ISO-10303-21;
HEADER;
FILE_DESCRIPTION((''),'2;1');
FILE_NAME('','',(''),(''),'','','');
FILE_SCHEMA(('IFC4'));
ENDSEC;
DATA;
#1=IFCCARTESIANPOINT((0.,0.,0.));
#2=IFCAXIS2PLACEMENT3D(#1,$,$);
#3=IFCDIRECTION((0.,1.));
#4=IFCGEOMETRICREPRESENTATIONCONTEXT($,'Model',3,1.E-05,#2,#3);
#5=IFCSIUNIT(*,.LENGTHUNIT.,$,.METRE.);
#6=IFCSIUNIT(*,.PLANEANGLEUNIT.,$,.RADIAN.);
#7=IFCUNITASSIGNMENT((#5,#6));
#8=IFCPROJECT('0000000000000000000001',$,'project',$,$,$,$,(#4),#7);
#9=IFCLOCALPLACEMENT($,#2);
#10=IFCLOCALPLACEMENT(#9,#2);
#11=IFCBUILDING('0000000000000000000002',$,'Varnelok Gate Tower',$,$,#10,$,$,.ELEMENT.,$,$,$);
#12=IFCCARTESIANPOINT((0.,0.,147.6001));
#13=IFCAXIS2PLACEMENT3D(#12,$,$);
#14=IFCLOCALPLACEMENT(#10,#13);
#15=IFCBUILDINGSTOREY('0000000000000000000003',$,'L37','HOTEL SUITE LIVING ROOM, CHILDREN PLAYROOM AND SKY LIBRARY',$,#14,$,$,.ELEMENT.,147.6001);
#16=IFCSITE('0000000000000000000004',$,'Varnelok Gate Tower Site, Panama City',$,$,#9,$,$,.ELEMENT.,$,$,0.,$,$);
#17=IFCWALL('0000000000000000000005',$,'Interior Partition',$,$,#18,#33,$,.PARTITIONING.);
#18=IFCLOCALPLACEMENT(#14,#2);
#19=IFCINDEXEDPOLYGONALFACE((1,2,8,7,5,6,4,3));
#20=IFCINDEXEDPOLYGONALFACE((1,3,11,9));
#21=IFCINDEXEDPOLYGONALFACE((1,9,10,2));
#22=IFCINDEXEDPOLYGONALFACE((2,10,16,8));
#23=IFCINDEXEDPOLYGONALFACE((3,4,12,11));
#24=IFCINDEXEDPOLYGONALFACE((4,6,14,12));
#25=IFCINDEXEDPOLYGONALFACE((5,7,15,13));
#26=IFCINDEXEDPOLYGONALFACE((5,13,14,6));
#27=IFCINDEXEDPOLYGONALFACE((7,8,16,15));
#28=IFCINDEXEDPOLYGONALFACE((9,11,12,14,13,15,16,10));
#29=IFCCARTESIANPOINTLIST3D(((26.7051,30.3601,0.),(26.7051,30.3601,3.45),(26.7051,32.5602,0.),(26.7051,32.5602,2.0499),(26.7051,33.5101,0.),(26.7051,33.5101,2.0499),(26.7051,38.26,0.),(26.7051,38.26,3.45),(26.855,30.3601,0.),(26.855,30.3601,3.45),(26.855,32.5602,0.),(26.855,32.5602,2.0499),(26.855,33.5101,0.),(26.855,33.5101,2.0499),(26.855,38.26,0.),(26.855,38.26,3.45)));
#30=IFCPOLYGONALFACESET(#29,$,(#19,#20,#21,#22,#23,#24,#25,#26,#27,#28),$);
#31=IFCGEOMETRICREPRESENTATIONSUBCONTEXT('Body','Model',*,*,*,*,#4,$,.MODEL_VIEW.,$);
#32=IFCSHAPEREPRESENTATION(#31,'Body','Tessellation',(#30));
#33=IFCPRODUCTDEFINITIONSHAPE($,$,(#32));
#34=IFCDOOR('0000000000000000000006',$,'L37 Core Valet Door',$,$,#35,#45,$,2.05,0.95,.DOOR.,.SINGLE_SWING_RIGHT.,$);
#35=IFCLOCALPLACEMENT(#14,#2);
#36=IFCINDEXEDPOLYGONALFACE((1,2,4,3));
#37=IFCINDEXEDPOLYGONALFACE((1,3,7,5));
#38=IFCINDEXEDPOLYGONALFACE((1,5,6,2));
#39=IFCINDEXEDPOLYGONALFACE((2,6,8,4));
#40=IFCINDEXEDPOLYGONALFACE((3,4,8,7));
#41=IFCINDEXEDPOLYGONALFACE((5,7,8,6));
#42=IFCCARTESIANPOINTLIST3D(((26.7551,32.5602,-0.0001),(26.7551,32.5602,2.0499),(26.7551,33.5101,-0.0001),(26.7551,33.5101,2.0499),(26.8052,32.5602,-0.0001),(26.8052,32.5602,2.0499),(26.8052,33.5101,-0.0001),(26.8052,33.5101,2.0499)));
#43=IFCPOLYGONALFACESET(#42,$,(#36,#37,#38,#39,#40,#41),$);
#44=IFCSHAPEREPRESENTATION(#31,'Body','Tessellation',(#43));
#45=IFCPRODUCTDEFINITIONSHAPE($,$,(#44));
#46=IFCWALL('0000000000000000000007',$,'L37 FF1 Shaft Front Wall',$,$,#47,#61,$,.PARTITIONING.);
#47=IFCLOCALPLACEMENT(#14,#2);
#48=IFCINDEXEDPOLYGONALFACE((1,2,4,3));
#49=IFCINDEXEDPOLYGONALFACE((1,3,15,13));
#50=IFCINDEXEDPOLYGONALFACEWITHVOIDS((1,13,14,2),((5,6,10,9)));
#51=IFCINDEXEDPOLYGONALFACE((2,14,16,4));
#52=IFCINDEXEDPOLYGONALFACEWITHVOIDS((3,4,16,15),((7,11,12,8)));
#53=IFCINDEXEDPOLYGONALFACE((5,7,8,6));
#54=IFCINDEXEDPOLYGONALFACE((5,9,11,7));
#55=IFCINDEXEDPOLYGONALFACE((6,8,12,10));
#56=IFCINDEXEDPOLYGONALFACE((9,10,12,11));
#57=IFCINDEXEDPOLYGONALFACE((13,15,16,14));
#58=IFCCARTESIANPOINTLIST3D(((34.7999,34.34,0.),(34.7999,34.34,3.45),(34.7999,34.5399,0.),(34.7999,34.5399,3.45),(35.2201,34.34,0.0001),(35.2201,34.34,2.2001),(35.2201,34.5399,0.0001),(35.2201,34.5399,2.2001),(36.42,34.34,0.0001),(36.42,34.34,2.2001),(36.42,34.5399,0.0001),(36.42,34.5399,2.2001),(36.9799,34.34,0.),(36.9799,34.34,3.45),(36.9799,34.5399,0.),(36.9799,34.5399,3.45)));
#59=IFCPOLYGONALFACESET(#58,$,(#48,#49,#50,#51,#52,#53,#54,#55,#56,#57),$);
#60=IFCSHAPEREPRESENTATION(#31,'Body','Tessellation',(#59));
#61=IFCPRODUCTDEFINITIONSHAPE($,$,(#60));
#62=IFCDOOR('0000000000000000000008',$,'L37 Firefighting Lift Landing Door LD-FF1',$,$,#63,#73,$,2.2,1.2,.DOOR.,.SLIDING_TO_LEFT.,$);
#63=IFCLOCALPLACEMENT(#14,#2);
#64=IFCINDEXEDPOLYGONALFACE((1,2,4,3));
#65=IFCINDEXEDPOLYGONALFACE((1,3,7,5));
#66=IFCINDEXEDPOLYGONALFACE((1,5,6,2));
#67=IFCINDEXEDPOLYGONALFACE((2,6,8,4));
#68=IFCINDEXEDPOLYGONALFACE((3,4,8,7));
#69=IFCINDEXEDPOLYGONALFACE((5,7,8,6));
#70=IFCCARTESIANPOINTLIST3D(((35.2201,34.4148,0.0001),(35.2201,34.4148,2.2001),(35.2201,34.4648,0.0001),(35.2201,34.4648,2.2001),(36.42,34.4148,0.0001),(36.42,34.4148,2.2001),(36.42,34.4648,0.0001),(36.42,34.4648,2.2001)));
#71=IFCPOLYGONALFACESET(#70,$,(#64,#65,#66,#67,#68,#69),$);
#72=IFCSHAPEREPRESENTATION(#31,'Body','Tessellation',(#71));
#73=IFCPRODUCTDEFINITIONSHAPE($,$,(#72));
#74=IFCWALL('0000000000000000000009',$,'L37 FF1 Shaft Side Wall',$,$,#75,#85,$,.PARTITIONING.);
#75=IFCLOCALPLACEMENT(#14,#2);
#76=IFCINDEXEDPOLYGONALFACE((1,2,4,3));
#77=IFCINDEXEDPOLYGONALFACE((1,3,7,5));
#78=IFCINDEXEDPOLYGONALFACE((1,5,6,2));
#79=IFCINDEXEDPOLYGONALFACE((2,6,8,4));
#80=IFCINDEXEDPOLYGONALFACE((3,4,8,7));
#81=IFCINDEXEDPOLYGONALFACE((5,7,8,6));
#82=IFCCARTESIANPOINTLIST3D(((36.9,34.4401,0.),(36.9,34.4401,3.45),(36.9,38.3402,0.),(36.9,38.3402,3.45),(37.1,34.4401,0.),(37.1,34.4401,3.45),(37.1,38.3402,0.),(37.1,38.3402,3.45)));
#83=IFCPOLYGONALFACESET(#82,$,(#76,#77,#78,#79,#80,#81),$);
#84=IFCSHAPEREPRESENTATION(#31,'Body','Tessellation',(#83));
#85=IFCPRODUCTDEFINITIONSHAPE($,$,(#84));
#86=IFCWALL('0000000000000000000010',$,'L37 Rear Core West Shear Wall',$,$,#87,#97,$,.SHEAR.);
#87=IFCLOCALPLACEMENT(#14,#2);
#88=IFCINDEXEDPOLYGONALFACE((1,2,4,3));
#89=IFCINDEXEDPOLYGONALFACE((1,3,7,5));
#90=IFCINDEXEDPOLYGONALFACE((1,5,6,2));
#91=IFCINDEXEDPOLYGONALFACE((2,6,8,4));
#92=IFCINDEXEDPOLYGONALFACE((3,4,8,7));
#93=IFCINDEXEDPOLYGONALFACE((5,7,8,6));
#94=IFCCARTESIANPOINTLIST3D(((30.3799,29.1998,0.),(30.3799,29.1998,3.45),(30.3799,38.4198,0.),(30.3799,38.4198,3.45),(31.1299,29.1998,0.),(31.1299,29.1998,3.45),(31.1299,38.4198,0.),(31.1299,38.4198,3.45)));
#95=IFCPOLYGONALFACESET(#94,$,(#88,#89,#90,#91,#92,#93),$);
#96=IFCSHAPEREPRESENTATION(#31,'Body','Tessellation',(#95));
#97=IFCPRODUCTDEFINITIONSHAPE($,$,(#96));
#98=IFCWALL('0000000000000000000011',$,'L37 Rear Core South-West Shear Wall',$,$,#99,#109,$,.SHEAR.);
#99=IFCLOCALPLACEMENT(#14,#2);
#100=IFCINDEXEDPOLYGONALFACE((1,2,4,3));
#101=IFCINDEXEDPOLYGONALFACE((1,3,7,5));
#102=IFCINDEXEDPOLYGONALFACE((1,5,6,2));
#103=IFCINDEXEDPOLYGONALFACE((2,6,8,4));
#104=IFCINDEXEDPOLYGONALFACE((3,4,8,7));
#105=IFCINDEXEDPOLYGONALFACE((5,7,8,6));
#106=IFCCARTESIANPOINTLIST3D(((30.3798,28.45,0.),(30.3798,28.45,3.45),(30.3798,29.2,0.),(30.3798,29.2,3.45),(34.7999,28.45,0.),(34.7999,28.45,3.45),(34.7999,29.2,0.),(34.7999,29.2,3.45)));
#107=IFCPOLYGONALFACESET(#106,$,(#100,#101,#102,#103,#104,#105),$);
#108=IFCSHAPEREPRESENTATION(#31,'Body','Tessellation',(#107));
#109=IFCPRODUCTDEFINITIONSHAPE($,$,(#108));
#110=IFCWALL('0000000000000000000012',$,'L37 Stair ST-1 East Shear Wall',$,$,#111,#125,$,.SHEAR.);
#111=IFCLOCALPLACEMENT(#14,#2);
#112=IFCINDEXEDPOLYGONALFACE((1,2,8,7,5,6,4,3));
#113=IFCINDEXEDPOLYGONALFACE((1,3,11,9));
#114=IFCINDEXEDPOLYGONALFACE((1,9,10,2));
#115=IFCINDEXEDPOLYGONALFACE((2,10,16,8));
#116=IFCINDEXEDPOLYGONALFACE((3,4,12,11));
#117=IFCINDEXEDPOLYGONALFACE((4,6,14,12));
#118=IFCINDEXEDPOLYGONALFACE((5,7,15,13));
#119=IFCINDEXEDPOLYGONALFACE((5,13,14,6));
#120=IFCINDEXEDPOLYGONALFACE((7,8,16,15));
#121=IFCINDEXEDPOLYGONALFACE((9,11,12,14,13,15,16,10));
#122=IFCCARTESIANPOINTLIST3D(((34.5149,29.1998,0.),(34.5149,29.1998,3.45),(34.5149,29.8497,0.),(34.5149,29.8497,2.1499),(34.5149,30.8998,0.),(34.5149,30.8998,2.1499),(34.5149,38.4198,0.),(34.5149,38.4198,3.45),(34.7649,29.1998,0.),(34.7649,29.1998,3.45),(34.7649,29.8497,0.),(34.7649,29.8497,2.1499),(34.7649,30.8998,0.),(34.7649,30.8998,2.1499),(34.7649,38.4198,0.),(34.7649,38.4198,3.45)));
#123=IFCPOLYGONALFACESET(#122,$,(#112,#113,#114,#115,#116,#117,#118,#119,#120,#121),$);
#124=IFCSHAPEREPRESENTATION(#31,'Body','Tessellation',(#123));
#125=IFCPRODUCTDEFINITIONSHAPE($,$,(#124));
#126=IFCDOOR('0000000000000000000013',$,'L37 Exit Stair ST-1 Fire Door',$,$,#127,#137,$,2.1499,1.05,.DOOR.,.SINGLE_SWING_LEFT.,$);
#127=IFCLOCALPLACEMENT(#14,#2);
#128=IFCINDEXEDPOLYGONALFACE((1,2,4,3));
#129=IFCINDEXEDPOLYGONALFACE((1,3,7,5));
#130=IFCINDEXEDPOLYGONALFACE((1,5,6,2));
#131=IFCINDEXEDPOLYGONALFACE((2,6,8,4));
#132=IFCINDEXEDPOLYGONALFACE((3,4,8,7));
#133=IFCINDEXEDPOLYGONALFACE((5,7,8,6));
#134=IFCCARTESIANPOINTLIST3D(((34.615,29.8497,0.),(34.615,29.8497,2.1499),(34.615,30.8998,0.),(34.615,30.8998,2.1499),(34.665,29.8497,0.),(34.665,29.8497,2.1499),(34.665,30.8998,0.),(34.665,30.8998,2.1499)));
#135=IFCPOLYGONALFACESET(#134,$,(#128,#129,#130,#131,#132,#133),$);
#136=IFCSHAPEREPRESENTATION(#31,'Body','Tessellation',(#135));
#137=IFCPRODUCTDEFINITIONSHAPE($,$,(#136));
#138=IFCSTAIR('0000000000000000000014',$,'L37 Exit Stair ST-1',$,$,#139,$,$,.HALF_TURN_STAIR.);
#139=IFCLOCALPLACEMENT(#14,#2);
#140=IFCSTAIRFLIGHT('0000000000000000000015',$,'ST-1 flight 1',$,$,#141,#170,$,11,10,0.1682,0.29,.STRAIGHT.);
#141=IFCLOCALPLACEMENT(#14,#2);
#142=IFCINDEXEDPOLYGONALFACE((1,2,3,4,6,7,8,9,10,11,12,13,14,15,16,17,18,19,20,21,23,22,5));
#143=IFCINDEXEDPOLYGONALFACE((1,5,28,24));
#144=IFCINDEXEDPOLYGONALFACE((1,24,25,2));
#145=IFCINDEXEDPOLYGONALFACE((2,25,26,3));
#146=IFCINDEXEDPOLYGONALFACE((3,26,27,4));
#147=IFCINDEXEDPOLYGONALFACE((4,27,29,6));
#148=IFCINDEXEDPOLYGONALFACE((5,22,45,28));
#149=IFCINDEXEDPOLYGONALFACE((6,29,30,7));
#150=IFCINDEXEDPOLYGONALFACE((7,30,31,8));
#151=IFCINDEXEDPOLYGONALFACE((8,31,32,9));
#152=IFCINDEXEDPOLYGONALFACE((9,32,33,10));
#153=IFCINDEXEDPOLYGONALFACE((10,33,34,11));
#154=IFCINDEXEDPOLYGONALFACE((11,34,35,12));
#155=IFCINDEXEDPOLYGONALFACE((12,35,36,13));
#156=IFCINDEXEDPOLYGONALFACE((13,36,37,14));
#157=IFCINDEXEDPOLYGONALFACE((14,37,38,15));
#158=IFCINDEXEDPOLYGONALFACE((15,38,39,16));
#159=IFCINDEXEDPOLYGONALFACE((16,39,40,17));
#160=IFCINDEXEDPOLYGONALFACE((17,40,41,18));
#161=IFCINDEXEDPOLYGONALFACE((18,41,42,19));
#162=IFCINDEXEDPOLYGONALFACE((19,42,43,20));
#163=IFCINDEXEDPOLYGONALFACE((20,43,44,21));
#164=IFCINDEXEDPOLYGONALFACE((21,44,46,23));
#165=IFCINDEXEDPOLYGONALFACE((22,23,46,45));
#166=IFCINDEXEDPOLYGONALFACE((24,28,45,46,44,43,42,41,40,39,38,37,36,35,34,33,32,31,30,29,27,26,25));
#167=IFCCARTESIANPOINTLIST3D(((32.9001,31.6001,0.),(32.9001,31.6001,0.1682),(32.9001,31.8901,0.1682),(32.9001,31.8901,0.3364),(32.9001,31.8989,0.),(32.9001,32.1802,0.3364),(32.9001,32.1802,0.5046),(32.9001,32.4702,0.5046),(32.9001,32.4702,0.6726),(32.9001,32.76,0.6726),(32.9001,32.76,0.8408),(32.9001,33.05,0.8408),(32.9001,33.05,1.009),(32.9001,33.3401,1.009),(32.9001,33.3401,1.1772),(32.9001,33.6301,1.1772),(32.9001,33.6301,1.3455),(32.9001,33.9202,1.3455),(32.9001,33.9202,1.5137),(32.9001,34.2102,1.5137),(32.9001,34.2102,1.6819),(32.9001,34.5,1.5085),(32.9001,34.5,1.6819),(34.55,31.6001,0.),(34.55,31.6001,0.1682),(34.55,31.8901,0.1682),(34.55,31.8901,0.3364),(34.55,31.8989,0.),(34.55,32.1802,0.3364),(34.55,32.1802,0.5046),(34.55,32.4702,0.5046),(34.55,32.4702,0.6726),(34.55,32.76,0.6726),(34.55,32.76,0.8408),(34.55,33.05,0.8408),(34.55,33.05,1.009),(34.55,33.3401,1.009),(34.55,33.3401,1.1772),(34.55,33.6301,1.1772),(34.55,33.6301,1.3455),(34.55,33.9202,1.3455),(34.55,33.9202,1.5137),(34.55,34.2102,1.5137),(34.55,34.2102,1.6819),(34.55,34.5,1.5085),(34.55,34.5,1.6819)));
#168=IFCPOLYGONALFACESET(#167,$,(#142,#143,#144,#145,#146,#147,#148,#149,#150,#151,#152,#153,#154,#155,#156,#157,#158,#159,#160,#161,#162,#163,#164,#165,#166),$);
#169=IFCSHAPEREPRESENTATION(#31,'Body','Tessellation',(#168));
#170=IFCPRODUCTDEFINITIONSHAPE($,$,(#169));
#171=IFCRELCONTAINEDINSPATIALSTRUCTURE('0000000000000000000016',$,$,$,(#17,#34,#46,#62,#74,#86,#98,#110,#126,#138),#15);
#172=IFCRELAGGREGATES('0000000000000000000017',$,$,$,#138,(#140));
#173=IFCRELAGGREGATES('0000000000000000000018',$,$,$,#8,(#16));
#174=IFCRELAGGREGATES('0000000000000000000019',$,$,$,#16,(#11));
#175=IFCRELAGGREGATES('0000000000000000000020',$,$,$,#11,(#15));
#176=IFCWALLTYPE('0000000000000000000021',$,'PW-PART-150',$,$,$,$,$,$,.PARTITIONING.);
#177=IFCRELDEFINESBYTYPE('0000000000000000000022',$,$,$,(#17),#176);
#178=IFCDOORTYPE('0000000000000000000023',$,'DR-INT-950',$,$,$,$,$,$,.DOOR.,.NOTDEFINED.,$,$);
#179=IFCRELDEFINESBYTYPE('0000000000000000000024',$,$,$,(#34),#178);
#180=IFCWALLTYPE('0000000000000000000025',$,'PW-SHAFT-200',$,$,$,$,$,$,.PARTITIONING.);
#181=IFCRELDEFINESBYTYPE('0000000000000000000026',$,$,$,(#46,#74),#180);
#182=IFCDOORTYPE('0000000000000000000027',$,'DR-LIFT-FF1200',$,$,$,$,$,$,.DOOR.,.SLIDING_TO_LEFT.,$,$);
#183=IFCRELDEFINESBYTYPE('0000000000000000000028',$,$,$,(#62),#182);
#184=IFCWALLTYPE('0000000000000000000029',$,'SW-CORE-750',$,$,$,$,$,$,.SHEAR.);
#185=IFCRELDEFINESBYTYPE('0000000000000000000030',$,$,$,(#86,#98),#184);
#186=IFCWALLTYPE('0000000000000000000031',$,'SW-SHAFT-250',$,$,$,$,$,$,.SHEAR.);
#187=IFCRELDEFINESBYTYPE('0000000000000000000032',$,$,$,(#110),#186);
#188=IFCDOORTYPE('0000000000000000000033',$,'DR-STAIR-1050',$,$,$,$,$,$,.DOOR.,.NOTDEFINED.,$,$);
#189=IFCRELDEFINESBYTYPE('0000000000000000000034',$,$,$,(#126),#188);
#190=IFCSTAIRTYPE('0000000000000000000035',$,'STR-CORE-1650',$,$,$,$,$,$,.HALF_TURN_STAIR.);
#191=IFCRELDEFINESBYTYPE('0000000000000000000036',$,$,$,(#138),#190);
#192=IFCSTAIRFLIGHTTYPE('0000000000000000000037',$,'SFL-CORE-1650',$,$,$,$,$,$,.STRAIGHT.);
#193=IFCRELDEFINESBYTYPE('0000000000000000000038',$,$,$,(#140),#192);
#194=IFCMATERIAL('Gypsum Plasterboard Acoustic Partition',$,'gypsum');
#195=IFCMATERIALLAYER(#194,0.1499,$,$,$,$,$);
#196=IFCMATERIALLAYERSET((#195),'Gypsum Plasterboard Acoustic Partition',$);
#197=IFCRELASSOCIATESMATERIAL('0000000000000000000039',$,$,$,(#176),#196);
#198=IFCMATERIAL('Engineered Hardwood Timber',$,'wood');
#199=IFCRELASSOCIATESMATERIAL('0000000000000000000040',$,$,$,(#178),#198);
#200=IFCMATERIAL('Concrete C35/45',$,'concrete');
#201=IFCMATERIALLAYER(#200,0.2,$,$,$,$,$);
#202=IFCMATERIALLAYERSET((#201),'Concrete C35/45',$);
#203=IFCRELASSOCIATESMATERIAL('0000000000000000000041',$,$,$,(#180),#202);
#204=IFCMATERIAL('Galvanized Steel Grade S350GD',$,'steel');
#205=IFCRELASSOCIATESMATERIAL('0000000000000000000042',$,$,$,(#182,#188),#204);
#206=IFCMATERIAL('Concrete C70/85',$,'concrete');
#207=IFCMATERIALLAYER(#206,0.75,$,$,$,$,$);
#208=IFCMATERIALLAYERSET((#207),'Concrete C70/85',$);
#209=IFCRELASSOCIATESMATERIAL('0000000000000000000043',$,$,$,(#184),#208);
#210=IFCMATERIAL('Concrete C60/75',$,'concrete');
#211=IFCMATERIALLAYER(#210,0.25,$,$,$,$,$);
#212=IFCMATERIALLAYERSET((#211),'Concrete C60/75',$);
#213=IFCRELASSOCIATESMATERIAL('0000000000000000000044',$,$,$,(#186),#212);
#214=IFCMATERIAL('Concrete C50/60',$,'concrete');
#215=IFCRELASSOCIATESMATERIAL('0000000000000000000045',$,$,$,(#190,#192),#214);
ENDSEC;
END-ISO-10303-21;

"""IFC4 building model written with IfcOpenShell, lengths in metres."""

from ifc_helpers import new_model, si_unit, direction, frame, frame_2d, origin, place, context, subcontext, project, spatial, polyline, rectangle, outline, extrude, material, layer, layer_set, type_object, element, fill, aggregate, save


model = new_model("IFC4")

# Units and contexts
model_context = context("Model", 3, precision=1e-05, world=origin(), true_north=direction((0.0, 1.0)))
body_context = subcontext(model_context, "Body", "Model", "MODEL_VIEW")
ifc_project = project(units=[si_unit("LENGTHUNIT", "METRE"), si_unit("PLANEANGLEUNIT", "RADIAN")], contexts=[model_context])

# Site, building, storey
site_placement = place(None, origin())
site = spatial("IfcSite", under=ifc_project, at=site_placement, Name="Varnelok Gate Tower Site, Panama City", CompositionType="ELEMENT", RefElevation=0.0)
building_placement = place(site_placement, origin())
building = spatial("IfcBuilding", under=site, at=building_placement, Name="Varnelok Gate Tower", CompositionType="ELEMENT")
storey_placement = place(building_placement, frame((0.0, 0.0, 147.6001)))
storey = spatial("IfcBuildingStorey", under=building, at=storey_placement, Name="L37", Description="HOTEL SUITE LIVING ROOM, CHILDREN PLAYROOM AND SKY LIBRARY", CompositionType="ELEMENT", Elevation=147.6001)

# Shared definitions
ifc_material_1 = material(Name="Concrete C60/75", Category="concrete")

# Shared definitions
ifc_material_2 = material(Name="Gypsum Plasterboard Acoustic Partition", Category="gypsum")
ifc_layer_1 = layer(ifc_material_2, 0.1499)
ifc_layer_set_1 = layer_set([ifc_layer_1], Name="Gypsum Plasterboard Acoustic Partition")
wall_type_1 = type_object("IfcWallType", Name="PW-PART-150", PredefinedType="PARTITIONING", material=ifc_layer_set_1)
ifc_material_3 = material(Name="Engineered Hardwood Timber", Category="wood")

# Walls, openings, doors
wall_1_placement = place(storey_placement, frame((26.78, 30.3601, 0.0), z_axis=(0.0, 0.0, 1.0), x_axis=(0.0, 1.0, 0.0)))
wall_1 = element("IfcWall", 1, at=wall_1_placement, inside=storey, type_object=wall_type_1, Name="Interior Partition", PredefinedType="PARTITIONING", context=body_context, shape_type="SweptSolid", body=[
    extrude(rectangle(XDim=7.8999, YDim=0.1499, at=frame_2d((3.95, 0.0))), origin(), (0.0, 0.0, 1.0), 3.45),
])
opening_1_placement = place(wall_1_placement, frame((2.2, 0.0, 0.0)))
opening_1 = element("IfcOpeningElement", 2, at=opening_1_placement, cuts=wall_1, PredefinedType="OPENING", context=body_context, shape_type="SweptSolid", body=[
    extrude(rectangle(XDim=0.95, YDim=2.05, at=frame_2d((0.4751, 1.0249))), frame((0.0, 0.085, 0.0), z_axis=(0.0, -1.0, 0.0), x_axis=(1.0, 0.0, 0.0)), (0.0, 0.0, 1.0), 0.1699),
])
door_type_1 = type_object("IfcDoorType", Name="DR-INT-950", OperationType="NOTDEFINED", PredefinedType="DOOR", material=ifc_material_3)
door_1_placement = place(opening_1_placement, origin())
door_1 = element("IfcDoor", 3, at=door_1_placement, inside=storey, type_object=door_type_1, Name="L37 Core Valet Door", OperationType="SINGLE_SWING_RIGHT", OverallHeight=2.05, OverallWidth=0.95, PredefinedType="DOOR", context=body_context, shape_type="SweptSolid", body=[
    extrude(rectangle(XDim=0.95, YDim=2.05, at=frame_2d((0.4751, 1.0249))), frame((0.0, 0.0249, 0.0), z_axis=(0.0, -1.0, 0.0), x_axis=(1.0, 0.0, 0.0)), (0.0, 0.0, 1.0), 0.05),
])
fill(opening_1, door_1)
ifc_material_4 = material(Name="Concrete C35/45", Category="concrete")
ifc_layer_2 = layer(ifc_material_4, 0.2)
ifc_layer_set_2 = layer_set([ifc_layer_2], Name="Concrete C35/45")
wall_type_2 = type_object("IfcWallType", Name="PW-SHAFT-200", PredefinedType="PARTITIONING", material=ifc_layer_set_2)
wall_2_placement = place(storey_placement, frame((34.8, 34.4399, 0.0), z_axis=(0.0, 0.0, 1.0), x_axis=(1.0, 0.0, 0.0)))
wall_2 = element("IfcWall", 4, at=wall_2_placement, inside=storey, type_object=wall_type_2, Name="L37 FF1 Shaft Front Wall", PredefinedType="PARTITIONING", context=body_context, shape_type="SweptSolid", body=[
    extrude(rectangle(XDim=2.1799, YDim=0.2, at=frame_2d((1.0898, 0.0))), origin(), (0.0, 0.0, 1.0), 3.45),
])
opening_2_placement = place(wall_2_placement, frame((0.4199, 0.0, 0.0)))
opening_2 = element("IfcOpeningElement", 5, at=opening_2_placement, cuts=wall_2, PredefinedType="OPENING", context=body_context, shape_type="SweptSolid", body=[
    extrude(rectangle(XDim=1.2, YDim=2.2, at=frame_2d((0.6001, 1.1001))), frame((0.0, 0.1099, 0.0), z_axis=(0.0, -1.0, 0.0), x_axis=(1.0, 0.0, 0.0)), (0.0, 0.0, 1.0), 0.22),
])
ifc_material_5 = material(Name="Galvanized Steel Grade S350GD", Category="steel")
door_type_2 = type_object("IfcDoorType", Name="DR-LIFT-FF1200", OperationType="SLIDING_TO_LEFT", PredefinedType="DOOR", material=ifc_material_5)
door_2_placement = place(opening_2_placement, origin())
door_2 = element("IfcDoor", 6, at=door_2_placement, inside=storey, type_object=door_type_2, Name="L37 Firefighting Lift Landing Door LD-FF1", OperationType="SLIDING_TO_LEFT", OverallHeight=2.2, OverallWidth=1.2, PredefinedType="DOOR", context=body_context, shape_type="SweptSolid", body=[
    extrude(rectangle(XDim=1.2, YDim=2.2, at=frame_2d((0.6001, 1.1001))), frame((0.0, 0.0249, 0.0), z_axis=(0.0, -1.0, 0.0), x_axis=(1.0, 0.0, 0.0)), (0.0, 0.0, 1.0), 0.05),
])
fill(opening_2, door_2)

# Walls
wall_3_placement = place(storey_placement, frame((37.0, 34.4399, 0.0), z_axis=(0.0, 0.0, 1.0), x_axis=(0.0, 1.0, 0.0)))
element("IfcWall", 7, at=wall_3_placement, inside=storey, type_object=wall_type_2, Name="L37 FF1 Shaft Side Wall", PredefinedType="PARTITIONING", context=body_context, shape_type="SweptSolid", body=[
    extrude(rectangle(XDim=3.9001, YDim=0.2, at=frame_2d((1.9502, 0.0))), origin(), (0.0, 0.0, 1.0), 3.45),
])
ifc_material_6 = material(Name="Concrete C70/85", Category="concrete")
ifc_layer_3 = layer(ifc_material_6, 0.75)
ifc_layer_set_3 = layer_set([ifc_layer_3], Name="Concrete C70/85")
wall_type_3 = type_object("IfcWallType", Name="SW-CORE-750", PredefinedType="SHEAR", material=ifc_layer_set_3)
wall_4_placement = place(storey_placement, frame((30.7549, 29.2, 0.0), z_axis=(0.0, 0.0, 1.0), x_axis=(0.0, 1.0, 0.0)))
element("IfcWall", 8, at=wall_4_placement, inside=storey, type_object=wall_type_3, Name="L37 Rear Core West Shear Wall", PredefinedType="SHEAR", context=body_context, shape_type="SweptSolid", body=[
    extrude(rectangle(XDim=9.22, YDim=0.75, at=frame_2d((4.6099, 0.0))), origin(), (0.0, 0.0, 1.0), 3.45),
])
wall_5_placement = place(storey_placement, frame((30.3799, 28.825, 0.0), z_axis=(0.0, 0.0, 1.0), x_axis=(1.0, 0.0, 0.0)))
element("IfcWall", 9, at=wall_5_placement, inside=storey, type_object=wall_type_3, Name="L37 Rear Core South-West Shear Wall", PredefinedType="SHEAR", context=body_context, shape_type="SweptSolid", body=[
    extrude(rectangle(XDim=4.4202, YDim=0.75, at=frame_2d((2.21, 0.0))), origin(), (0.0, 0.0, 1.0), 3.45),
])

# Wall, opening, door
ifc_layer_4 = layer(ifc_material_1, 0.25)
ifc_layer_set_4 = layer_set([ifc_layer_4], Name="Concrete C60/75")
wall_type_4 = type_object("IfcWallType", Name="SW-SHAFT-250", PredefinedType="SHEAR", material=ifc_layer_set_4)
wall_6_placement = place(storey_placement, frame((34.6399, 29.2, 0.0), z_axis=(0.0, 0.0, 1.0), x_axis=(0.0, 1.0, 0.0)))
wall_6 = element("IfcWall", 10, at=wall_6_placement, inside=storey, type_object=wall_type_4, Name="L37 Stair ST-1 East Shear Wall", PredefinedType="SHEAR", context=body_context, shape_type="SweptSolid", body=[
    extrude(rectangle(XDim=9.22, YDim=0.25, at=frame_2d((4.6099, 0.0))), origin(), (0.0, 0.0, 1.0), 3.45),
])
opening_3_placement = place(wall_6_placement, frame((0.6499, 0.0, 0.0)))
opening_3 = element("IfcOpeningElement", 11, at=opening_3_placement, cuts=wall_6, PredefinedType="OPENING", context=body_context, shape_type="SweptSolid", body=[
    extrude(rectangle(XDim=1.05, YDim=2.1499, at=frame_2d((0.5249, 1.075))), frame((0.0, 0.135, 0.0), z_axis=(0.0, -1.0, 0.0), x_axis=(1.0, 0.0, 0.0)), (0.0, 0.0, 1.0), 0.27),
])
door_type_3 = type_object("IfcDoorType", Name="DR-STAIR-1050", OperationType="NOTDEFINED", PredefinedType="DOOR", material=ifc_material_5)
door_3_placement = place(opening_3_placement, origin())
door_3 = element("IfcDoor", 12, at=door_3_placement, inside=storey, type_object=door_type_3, Name="L37 Exit Stair ST-1 Fire Door", OperationType="SINGLE_SWING_LEFT", OverallHeight=2.1499, OverallWidth=1.05, PredefinedType="DOOR", context=body_context, shape_type="SweptSolid", body=[
    extrude(rectangle(XDim=1.05, YDim=2.1499, at=frame_2d((0.5249, 1.075))), frame((0.0, 0.0249, 0.0), z_axis=(0.0, -1.0, 0.0), x_axis=(1.0, 0.0, 0.0)), (0.0, 0.0, 1.0), 0.05),
])
fill(opening_3, door_3)

# Stair, stair flight
ifc_material_7 = material(Name="Concrete C50/60", Category="concrete")
stair_type = type_object("IfcStairType", Name="STR-CORE-1650", PredefinedType="HALF_TURN_STAIR", material=ifc_material_7)
stair_placement = place(storey_placement, origin())
stair = element("IfcStair", 13, at=stair_placement, inside=storey, type_object=stair_type, Name="L37 Exit Stair ST-1", PredefinedType="HALF_TURN_STAIR")
stair_flight_type = type_object("IfcStairFlightType", Name="SFL-CORE-1650", PredefinedType="STRAIGHT", material=ifc_material_7)
stair_flight_1_placement = place(storey_placement, frame((33.7251, 31.6001, 0.0), z_axis=(0.0, 0.0, 1.0), x_axis=(0.0, 1.0, 0.0)))
stair_flight_1 = element("IfcStairFlight", 14, at=stair_flight_1_placement, type_object=stair_flight_type, Name="ST-1 flight 1", NumberOfRisers=11, NumberOfTreads=10, PredefinedType="STRAIGHT", RiserHeight=0.1682, TreadLength=0.29, context=body_context, shape_type="SweptSolid", body=[
    extrude(outline(polyline([(0.0, 0.0), (0.0, 0.1682), (0.29, 0.1682), (0.29, 0.3364), (0.5801, 0.3364), (0.5801, 0.5046), (0.8701, 0.5046), (0.8701, 0.6726), (1.1599, 0.6726), (1.1599, 0.8408), (1.45, 0.8408), (1.45, 1.009), (1.74, 1.009), (1.74, 1.1772), (2.03, 1.1772), (2.03, 1.3455), (2.3201, 1.3455), (2.3201, 1.5137), (2.6101, 1.5137), (2.6101, 1.6819), (2.8999, 1.6819), (2.8999, 1.8501), (2.8999, 1.5085), (0.2988, 0.0), (0.0, 0.0)])), frame((0.0, 0.825, 0.0), z_axis=(0.0, -1.0, 0.0), x_axis=(1.0, 0.0, 0.0)), (0.0, 0.0, 1.0), 1.6499),
])
aggregate(stair, [stair_flight_1])

save(model, "model.ifc")
